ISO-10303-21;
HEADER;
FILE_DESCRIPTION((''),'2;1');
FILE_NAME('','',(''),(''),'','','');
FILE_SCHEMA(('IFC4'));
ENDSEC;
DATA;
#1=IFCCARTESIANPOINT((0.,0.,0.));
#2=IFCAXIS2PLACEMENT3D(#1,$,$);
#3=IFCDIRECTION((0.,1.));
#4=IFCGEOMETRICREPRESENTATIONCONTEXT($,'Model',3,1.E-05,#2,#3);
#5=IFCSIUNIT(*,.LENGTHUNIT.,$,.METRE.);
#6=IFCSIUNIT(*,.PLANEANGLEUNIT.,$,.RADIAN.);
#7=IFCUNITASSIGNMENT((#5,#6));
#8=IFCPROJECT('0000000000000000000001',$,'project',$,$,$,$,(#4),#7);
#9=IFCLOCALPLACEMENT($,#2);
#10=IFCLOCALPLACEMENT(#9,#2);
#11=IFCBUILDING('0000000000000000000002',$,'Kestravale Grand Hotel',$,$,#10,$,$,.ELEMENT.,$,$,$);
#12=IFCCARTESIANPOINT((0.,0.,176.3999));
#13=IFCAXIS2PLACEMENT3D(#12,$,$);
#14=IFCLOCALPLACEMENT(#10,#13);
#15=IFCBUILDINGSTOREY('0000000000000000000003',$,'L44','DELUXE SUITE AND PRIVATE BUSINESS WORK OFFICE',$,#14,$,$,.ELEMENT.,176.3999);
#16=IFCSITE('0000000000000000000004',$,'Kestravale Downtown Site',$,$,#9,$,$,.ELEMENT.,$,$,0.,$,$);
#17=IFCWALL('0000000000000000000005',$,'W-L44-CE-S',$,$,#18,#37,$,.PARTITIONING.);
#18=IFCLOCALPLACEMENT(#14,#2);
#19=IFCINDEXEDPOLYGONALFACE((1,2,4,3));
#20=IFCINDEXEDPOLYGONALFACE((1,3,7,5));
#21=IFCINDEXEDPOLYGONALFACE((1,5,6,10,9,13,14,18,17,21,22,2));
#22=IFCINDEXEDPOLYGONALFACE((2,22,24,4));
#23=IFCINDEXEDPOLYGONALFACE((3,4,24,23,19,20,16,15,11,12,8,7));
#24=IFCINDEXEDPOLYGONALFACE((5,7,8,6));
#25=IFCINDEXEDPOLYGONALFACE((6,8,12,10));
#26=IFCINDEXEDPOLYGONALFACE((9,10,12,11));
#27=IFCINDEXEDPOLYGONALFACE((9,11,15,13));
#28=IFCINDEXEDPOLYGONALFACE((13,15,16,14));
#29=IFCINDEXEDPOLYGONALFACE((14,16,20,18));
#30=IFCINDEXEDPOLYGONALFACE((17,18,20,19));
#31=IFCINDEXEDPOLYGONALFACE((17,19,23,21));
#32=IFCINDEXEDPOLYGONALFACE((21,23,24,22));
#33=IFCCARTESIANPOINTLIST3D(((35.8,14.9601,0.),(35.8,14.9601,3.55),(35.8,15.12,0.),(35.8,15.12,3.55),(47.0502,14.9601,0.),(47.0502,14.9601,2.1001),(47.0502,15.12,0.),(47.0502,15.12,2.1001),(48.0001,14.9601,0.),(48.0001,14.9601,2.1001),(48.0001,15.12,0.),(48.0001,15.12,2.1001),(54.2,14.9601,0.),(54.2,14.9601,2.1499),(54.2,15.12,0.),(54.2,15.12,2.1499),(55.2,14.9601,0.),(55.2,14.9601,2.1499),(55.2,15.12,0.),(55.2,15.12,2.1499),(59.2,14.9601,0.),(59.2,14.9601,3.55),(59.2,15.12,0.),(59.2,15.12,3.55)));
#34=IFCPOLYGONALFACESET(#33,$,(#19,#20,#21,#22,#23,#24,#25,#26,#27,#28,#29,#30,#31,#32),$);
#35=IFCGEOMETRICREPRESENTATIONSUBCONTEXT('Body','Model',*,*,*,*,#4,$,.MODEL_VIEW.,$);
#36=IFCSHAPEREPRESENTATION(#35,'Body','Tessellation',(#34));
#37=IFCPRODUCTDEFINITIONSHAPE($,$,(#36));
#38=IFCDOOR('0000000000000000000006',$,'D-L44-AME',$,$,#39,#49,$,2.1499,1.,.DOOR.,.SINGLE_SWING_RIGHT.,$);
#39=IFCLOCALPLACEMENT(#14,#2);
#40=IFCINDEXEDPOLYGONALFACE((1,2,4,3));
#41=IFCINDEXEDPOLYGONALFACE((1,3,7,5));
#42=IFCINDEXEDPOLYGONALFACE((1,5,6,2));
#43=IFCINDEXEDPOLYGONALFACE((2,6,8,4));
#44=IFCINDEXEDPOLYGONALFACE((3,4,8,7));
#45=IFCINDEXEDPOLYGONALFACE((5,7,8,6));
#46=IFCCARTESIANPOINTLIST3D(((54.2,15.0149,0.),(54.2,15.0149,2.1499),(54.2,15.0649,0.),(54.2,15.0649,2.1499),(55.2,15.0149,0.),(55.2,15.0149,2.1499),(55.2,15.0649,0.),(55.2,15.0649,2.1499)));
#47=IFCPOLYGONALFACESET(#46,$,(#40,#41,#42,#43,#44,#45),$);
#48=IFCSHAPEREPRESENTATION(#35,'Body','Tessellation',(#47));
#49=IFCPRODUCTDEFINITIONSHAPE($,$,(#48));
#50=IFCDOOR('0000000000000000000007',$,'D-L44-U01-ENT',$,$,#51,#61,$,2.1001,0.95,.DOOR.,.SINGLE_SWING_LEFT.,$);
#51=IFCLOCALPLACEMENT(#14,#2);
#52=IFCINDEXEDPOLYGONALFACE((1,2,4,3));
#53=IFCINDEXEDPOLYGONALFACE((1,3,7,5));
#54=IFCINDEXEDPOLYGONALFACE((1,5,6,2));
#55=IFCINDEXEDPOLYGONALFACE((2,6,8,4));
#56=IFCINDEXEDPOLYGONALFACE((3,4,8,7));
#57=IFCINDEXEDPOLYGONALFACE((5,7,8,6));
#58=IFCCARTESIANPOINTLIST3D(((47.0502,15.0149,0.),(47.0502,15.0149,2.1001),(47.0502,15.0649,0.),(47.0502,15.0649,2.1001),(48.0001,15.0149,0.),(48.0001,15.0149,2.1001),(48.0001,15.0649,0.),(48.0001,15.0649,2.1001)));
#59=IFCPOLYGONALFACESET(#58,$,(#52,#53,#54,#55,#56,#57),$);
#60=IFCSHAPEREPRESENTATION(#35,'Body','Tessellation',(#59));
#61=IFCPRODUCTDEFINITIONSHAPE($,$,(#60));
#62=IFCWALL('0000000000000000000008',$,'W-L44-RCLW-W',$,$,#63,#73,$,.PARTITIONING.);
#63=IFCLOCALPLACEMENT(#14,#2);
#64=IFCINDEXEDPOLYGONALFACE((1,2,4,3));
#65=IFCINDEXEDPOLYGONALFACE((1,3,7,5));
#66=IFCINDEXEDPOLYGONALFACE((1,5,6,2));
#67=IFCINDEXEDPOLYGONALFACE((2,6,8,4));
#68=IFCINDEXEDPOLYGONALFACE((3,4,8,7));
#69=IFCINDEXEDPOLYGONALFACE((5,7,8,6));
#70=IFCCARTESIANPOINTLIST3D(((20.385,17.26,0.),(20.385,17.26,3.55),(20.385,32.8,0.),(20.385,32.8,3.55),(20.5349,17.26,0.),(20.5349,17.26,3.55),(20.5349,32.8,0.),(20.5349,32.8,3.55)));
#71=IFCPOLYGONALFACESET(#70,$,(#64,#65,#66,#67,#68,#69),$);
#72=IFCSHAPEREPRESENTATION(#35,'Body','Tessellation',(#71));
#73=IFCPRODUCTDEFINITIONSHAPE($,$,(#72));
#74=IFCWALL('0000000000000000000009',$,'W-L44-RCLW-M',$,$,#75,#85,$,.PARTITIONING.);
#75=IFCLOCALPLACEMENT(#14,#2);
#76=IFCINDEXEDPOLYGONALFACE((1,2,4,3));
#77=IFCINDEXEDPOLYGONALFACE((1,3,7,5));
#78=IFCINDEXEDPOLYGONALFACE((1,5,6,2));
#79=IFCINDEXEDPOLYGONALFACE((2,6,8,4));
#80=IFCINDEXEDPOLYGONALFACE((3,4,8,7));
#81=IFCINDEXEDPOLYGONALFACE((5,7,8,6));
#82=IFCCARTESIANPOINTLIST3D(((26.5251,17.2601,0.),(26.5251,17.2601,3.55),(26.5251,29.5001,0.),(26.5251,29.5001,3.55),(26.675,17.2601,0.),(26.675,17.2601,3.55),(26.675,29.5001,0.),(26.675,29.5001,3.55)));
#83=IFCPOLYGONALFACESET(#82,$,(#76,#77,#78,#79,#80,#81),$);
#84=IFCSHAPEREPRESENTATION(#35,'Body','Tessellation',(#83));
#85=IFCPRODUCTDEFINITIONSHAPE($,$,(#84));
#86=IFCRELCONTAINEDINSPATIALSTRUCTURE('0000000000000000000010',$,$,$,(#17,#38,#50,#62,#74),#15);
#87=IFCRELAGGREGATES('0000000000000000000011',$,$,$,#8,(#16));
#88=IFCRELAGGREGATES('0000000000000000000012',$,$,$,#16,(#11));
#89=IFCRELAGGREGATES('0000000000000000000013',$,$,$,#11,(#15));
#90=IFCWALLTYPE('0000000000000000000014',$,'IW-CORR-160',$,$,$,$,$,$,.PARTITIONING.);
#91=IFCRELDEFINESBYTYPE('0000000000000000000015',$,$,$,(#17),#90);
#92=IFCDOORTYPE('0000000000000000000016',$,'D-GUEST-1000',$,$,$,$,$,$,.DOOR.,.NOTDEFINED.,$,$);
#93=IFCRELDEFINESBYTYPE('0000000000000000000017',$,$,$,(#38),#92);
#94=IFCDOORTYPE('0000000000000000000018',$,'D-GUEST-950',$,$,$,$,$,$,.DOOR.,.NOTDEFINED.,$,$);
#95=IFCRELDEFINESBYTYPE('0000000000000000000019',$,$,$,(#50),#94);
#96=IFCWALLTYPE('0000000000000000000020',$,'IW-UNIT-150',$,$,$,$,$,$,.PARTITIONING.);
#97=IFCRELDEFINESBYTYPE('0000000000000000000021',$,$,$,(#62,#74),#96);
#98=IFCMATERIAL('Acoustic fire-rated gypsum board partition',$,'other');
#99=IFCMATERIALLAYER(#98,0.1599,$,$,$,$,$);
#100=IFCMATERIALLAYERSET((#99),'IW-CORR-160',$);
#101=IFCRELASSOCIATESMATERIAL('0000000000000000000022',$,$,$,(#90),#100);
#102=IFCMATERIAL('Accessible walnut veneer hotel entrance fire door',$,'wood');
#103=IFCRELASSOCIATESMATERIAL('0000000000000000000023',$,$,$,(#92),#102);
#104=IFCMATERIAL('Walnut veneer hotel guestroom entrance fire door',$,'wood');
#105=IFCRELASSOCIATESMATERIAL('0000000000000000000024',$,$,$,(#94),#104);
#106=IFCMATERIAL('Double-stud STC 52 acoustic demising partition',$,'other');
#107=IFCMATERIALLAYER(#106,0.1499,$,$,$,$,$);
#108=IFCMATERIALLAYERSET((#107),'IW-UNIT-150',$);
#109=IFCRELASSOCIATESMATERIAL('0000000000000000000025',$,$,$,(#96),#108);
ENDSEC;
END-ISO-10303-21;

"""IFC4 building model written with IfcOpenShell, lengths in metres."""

from ifc_helpers import new_model, si_unit, direction, frame, frame_2d, origin, place, context, subcontext, project, spatial, rectangle, extrude, material, layer, layer_set, type_object, element, fill, save


model = new_model("IFC4")

# Units and contexts
model_context = context("Model", 3, precision=1e-05, world=origin(), true_north=direction((0.0, 1.0)))
body_context = subcontext(model_context, "Body", "Model", "MODEL_VIEW")
ifc_project = project(units=[si_unit("LENGTHUNIT", "METRE"), si_unit("PLANEANGLEUNIT", "RADIAN")], contexts=[model_context])

# Site, building, storey
site_placement = place(None, origin())
site = spatial("IfcSite", under=ifc_project, at=site_placement, Name="Kestravale Downtown Site", CompositionType="ELEMENT", RefElevation=0.0)
building_placement = place(site_placement, origin())
building = spatial("IfcBuilding", under=site, at=building_placement, Name="Kestravale Grand Hotel", CompositionType="ELEMENT")
storey_placement = place(building_placement, frame((0.0, 0.0, 176.3999)))
storey = spatial("IfcBuildingStorey", under=building, at=storey_placement, Name="L44", Description="DELUXE SUITE AND PRIVATE BUSINESS WORK OFFICE", CompositionType="ELEMENT", Elevation=176.3999)

# Shared definitions
ifc_material_1 = material(Name="Acoustic fire-rated gypsum board partition", Category="other")
ifc_layer_1 = layer(ifc_material_1, 0.1599)
ifc_layer_set_1 = layer_set([ifc_layer_1], Name="IW-CORR-160")
wall_type_1 = type_object("IfcWallType", Name="IW-CORR-160", PredefinedType="PARTITIONING", material=ifc_layer_set_1)
ifc_material_2 = material(Name="Accessible walnut veneer hotel entrance fire door", Category="wood")
door_type_1 = type_object("IfcDoorType", Name="D-GUEST-1000", OperationType="NOTDEFINED", PredefinedType="DOOR", material=ifc_material_2)

# Wall, openings, doors
wall_1_placement = place(storey_placement, frame((35.8, 15.04, 0.0), z_axis=(0.0, 0.0, 1.0), x_axis=(1.0, 0.0, 0.0)))
wall_1 = element("IfcWall", 1, at=wall_1_placement, inside=storey, type_object=wall_type_1, Name="W-L44-CE-S", PredefinedType="PARTITIONING", context=body_context, shape_type="SweptSolid", body=[
    extrude(rectangle(XDim=23.3999, YDim=0.1599, at=frame_2d((11.7, 0.0))), origin(), (0.0, 0.0, 1.0), 3.55),
])
opening_1_placement = place(wall_1_placement, frame((11.25, 0.0, 0.0)))
opening_1 = element("IfcOpeningElement", 2, at=opening_1_placement, cuts=wall_1, PredefinedType="OPENING", context=body_context, shape_type="SweptSolid", body=[
    extrude(rectangle(XDim=0.95, YDim=2.1001, at=frame_2d((0.4751, 1.05))), frame((0.0, 0.0898, 0.0), z_axis=(0.0, -1.0, 0.0), x_axis=(1.0, 0.0, 0.0)), (0.0, 0.0, 1.0), 0.1799),
])
opening_2_placement = place(wall_1_placement, frame((18.3999, 0.0, 0.0)))
opening_2 = element("IfcOpeningElement", 3, at=opening_2_placement, cuts=wall_1, PredefinedType="OPENING", context=body_context, shape_type="SweptSolid", body=[
    extrude(rectangle(XDim=1.0, YDim=2.1499, at=frame_2d((0.5, 1.075))), frame((0.0, 0.0898, 0.0), z_axis=(0.0, -1.0, 0.0), x_axis=(1.0, 0.0, 0.0)), (0.0, 0.0, 1.0), 0.1799),
])
door_1_placement = place(opening_2_placement, origin())
door_1 = element("IfcDoor", 4, at=door_1_placement, inside=storey, type_object=door_type_1, Name="D-L44-AME", OperationType="SINGLE_SWING_RIGHT", OverallHeight=2.1499, OverallWidth=1.0, PredefinedType="DOOR", context=body_context, shape_type="SweptSolid", body=[
    extrude(rectangle(XDim=1.0, YDim=2.1499, at=frame_2d((0.5, 1.075))), frame((0.0, 0.0249, 0.0), z_axis=(0.0, -1.0, 0.0), x_axis=(1.0, 0.0, 0.0)), (0.0, 0.0, 1.0), 0.05),
])
fill(opening_2, door_1)
ifc_material_3 = material(Name="Walnut veneer hotel guestroom entrance fire door", Category="wood")
door_type_2 = type_object("IfcDoorType", Name="D-GUEST-950", OperationType="NOTDEFINED", PredefinedType="DOOR", material=ifc_material_3)
door_2_placement = place(opening_1_placement, origin())
door_2 = element("IfcDoor", 5, at=door_2_placement, inside=storey, type_object=door_type_2, Name="D-L44-U01-ENT", OperationType="SINGLE_SWING_LEFT", OverallHeight=2.1001, OverallWidth=0.95, PredefinedType="DOOR", context=body_context, shape_type="SweptSolid", body=[
    extrude(rectangle(XDim=0.95, YDim=2.1001, at=frame_2d((0.4751, 1.05))), frame((0.0, 0.0249, 0.0), z_axis=(0.0, -1.0, 0.0), x_axis=(1.0, 0.0, 0.0)), (0.0, 0.0, 1.0), 0.05),
])
fill(opening_1, door_2)

# Walls
ifc_material_4 = material(Name="Double-stud STC 52 acoustic demising partition", Category="other")
ifc_layer_2 = layer(ifc_material_4, 0.1499)
ifc_layer_set_2 = layer_set([ifc_layer_2], Name="IW-UNIT-150")
wall_type_2 = type_object("IfcWallType", Name="IW-UNIT-150", PredefinedType="PARTITIONING", material=ifc_layer_set_2)
wall_2_placement = place(storey_placement, frame((20.46, 17.26, 0.0), z_axis=(0.0, 0.0, 1.0), x_axis=(0.0, 1.0, 0.0)))
element("IfcWall", 6, at=wall_2_placement, inside=storey, type_object=wall_type_2, Name="W-L44-RCLW-W", PredefinedType="PARTITIONING", context=body_context, shape_type="SweptSolid", body=[
    extrude(rectangle(XDim=15.54, YDim=0.1499, at=frame_2d((7.77, 0.0))), origin(), (0.0, 0.0, 1.0), 3.55),
])
wall_3_placement = place(storey_placement, frame((26.6001, 17.26, 0.0), z_axis=(0.0, 0.0, 1.0), x_axis=(0.0, 1.0, 0.0)))
element("IfcWall", 7, at=wall_3_placement, inside=storey, type_object=wall_type_2, Name="W-L44-RCLW-M", PredefinedType="PARTITIONING", context=body_context, shape_type="SweptSolid", body=[
    extrude(rectangle(XDim=12.24, YDim=0.1499, at=frame_2d((6.1201, 0.0))), origin(), (0.0, 0.0, 1.0), 3.55),
])

save(model, "model.ifc")
